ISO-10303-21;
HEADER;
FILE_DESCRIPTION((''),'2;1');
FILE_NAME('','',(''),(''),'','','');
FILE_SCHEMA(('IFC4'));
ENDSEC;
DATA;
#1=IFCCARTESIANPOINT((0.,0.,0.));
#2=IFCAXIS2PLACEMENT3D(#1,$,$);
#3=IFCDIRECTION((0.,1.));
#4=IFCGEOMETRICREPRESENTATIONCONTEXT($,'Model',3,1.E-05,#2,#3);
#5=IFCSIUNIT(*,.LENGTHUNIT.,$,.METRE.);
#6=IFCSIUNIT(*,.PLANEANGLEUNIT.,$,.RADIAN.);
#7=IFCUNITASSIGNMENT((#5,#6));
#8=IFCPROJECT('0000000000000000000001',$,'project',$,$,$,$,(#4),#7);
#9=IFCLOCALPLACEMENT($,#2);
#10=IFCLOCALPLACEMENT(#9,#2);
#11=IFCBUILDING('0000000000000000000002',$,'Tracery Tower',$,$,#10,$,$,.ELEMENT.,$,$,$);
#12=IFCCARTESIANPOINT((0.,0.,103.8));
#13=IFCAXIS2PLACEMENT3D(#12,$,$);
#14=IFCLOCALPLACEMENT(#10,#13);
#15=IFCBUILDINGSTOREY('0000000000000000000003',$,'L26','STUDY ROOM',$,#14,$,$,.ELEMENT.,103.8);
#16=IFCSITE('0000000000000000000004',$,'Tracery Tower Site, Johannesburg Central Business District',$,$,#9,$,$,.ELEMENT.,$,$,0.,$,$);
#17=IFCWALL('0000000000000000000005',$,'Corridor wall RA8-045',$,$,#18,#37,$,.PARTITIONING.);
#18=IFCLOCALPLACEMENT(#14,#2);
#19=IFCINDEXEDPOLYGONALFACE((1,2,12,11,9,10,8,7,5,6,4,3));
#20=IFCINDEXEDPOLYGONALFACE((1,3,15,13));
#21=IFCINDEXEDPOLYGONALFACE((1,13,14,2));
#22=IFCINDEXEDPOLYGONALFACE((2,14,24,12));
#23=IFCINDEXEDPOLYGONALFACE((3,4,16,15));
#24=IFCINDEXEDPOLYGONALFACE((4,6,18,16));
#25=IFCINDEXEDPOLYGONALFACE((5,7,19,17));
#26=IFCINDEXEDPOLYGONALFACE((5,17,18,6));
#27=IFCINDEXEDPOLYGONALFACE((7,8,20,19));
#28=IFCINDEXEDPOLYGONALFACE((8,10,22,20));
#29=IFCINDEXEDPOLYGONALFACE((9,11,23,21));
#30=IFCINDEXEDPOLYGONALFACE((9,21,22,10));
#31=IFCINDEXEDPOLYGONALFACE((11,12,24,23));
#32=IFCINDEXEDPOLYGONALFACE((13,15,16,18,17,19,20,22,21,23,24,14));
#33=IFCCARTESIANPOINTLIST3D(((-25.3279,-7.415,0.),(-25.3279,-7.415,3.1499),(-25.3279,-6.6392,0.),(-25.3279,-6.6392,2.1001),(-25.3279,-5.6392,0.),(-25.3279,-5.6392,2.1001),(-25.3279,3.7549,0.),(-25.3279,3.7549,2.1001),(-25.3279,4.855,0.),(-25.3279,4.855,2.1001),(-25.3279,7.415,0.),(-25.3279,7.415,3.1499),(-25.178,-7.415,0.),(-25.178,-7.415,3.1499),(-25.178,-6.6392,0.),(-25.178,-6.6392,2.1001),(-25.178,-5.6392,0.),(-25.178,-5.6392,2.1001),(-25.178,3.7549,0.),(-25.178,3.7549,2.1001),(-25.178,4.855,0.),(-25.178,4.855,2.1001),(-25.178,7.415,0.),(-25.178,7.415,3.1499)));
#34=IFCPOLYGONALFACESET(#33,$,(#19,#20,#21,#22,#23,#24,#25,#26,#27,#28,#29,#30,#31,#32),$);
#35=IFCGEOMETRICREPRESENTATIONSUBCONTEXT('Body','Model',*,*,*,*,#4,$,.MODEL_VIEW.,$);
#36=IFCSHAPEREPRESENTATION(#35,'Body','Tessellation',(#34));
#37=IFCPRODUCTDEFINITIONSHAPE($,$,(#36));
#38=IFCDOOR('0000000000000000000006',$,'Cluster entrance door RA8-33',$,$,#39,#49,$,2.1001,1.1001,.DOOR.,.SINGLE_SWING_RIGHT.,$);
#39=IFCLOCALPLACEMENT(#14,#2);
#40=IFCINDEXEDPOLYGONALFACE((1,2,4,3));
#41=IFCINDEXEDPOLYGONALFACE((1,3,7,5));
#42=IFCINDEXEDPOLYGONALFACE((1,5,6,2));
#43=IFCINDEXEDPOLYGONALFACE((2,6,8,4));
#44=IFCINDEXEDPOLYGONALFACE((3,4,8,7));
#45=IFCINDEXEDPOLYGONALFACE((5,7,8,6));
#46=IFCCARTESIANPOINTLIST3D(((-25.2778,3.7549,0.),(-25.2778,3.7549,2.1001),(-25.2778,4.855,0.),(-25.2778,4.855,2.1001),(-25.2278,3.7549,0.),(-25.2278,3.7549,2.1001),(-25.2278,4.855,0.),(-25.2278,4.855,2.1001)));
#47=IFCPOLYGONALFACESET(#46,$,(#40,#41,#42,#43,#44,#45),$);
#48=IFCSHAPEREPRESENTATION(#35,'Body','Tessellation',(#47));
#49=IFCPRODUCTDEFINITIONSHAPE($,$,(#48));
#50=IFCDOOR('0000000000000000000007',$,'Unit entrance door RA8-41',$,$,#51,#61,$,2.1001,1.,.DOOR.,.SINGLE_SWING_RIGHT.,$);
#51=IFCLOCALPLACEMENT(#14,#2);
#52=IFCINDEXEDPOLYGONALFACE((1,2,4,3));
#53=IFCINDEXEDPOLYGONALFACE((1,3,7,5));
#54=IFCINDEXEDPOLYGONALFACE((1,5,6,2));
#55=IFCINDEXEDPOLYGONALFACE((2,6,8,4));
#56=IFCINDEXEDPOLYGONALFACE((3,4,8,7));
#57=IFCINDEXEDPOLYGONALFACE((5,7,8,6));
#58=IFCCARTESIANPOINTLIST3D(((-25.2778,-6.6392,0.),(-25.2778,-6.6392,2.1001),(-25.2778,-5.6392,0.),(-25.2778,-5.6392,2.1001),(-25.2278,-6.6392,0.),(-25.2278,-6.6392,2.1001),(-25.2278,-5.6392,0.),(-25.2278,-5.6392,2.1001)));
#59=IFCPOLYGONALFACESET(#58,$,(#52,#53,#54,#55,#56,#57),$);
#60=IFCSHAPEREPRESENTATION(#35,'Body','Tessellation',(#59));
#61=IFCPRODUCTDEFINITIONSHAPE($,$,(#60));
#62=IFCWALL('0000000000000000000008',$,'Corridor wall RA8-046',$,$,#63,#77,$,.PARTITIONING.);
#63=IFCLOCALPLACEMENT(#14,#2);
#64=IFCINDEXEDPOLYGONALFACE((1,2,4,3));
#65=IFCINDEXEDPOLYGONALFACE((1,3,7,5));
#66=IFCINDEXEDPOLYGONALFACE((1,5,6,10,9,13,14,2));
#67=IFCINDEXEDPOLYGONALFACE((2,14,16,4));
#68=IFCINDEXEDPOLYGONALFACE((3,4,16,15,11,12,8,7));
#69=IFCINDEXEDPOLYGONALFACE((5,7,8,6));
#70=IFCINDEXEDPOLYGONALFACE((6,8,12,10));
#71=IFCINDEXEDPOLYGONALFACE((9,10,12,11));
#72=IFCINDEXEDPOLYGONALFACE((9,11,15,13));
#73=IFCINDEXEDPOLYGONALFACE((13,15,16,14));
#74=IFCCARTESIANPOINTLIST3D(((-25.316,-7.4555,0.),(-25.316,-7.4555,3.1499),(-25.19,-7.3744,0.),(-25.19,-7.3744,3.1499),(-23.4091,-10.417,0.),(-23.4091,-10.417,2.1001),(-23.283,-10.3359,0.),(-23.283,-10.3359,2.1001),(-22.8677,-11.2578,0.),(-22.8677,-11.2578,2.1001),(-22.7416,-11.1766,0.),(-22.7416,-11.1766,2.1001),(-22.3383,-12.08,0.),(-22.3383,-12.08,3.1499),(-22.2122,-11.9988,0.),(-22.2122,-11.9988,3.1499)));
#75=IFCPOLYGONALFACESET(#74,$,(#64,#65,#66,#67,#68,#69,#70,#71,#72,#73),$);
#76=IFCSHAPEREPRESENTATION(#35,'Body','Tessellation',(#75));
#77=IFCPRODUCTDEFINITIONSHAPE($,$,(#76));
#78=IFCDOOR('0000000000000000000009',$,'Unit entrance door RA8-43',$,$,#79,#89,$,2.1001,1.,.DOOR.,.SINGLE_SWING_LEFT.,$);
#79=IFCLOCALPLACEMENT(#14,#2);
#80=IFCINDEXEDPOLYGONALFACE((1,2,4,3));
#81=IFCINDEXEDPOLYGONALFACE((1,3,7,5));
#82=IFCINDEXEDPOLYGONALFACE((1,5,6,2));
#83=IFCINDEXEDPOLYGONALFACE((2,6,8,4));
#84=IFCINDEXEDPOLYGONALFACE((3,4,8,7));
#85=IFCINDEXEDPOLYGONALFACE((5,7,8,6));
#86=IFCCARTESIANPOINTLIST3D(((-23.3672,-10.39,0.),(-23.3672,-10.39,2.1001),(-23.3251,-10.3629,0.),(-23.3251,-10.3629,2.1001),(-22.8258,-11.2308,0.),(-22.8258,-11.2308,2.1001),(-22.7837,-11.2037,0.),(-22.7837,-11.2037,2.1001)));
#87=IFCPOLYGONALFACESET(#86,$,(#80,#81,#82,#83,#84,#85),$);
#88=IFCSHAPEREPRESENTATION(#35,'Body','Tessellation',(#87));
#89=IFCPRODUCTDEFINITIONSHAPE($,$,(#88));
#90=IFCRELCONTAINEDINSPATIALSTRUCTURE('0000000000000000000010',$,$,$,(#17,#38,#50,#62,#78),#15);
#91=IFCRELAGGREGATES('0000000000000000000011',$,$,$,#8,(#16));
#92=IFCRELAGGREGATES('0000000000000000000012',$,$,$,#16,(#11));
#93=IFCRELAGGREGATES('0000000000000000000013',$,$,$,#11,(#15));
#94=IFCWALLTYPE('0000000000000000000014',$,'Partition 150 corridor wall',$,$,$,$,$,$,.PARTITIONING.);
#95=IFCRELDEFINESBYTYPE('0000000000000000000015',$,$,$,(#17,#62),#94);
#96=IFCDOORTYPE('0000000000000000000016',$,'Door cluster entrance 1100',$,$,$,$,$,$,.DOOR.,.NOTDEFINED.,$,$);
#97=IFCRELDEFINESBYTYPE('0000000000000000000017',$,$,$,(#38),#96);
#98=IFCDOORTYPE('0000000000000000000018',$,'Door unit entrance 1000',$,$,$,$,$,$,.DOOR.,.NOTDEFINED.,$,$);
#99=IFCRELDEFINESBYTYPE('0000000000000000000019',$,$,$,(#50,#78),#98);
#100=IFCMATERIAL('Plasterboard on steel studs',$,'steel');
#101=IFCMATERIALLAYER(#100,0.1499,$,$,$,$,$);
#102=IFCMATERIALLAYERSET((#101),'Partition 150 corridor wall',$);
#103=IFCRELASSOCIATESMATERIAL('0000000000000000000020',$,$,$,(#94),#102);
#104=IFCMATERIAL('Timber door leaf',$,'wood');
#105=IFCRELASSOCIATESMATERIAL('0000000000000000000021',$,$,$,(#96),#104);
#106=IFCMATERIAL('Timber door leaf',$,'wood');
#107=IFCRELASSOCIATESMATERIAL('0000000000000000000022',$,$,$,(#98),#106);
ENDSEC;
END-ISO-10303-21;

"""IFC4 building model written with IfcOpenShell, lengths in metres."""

from ifc_helpers import new_model, si_unit, direction, frame, frame_2d, origin, place, context, subcontext, project, spatial, rectangle, extrude, material, layer, layer_set, type_object, element, fill, save


model = new_model("IFC4")

# Units and contexts
model_context = context("Model", 3, precision=1e-05, world=origin(), true_north=direction((0.0, 1.0)))
body_context = subcontext(model_context, "Body", "Model", "MODEL_VIEW")
ifc_project = project(units=[si_unit("LENGTHUNIT", "METRE"), si_unit("PLANEANGLEUNIT", "RADIAN")], contexts=[model_context])

# Site, building, storey
site_placement = place(None, origin())
site = spatial("IfcSite", under=ifc_project, at=site_placement, Name="Tracery Tower Site, Johannesburg Central Business District", CompositionType="ELEMENT", RefElevation=0.0)
building_placement = place(site_placement, origin())
building = spatial("IfcBuilding", under=site, at=building_placement, Name="Tracery Tower", CompositionType="ELEMENT")
storey_placement = place(building_placement, frame((0.0, 0.0, 103.8)))
storey = spatial("IfcBuildingStorey", under=building, at=storey_placement, Name="L26", Description="STUDY ROOM", CompositionType="ELEMENT", Elevation=103.8)

# Shared definitions
ifc_material_1 = material(Name="Plasterboard on steel studs", Category="steel")
ifc_layer_1 = layer(ifc_material_1, 0.1499)
ifc_layer_set_1 = layer_set([ifc_layer_1], Name="Partition 150 corridor wall")
wall_type_1 = type_object("IfcWallType", Name="Partition 150 corridor wall", PredefinedType="PARTITIONING", material=ifc_layer_set_1)

# Wall, openings, doors
wall_1_placement = place(storey_placement, frame((-25.2529, -7.415, 0.0), z_axis=(0.0, 0.0, 1.0), x_axis=(0.0, 1.0, 0.0)))
wall_1 = element("IfcWall", 1, at=wall_1_placement, inside=storey, type_object=wall_type_1, Name="Corridor wall RA8-045", PredefinedType="PARTITIONING", context=body_context, shape_type="SweptSolid", body=[
    extrude(rectangle(XDim=14.8301, YDim=0.1499, at=frame_2d((7.415, 0.0))), origin(), (0.0, 0.0, 1.0), 3.1499),
])
opening_1_placement = place(wall_1_placement, frame((11.1699, 0.0, 0.0)))
opening_1 = element("IfcOpeningElement", 2, at=opening_1_placement, cuts=wall_1, PredefinedType="OPENING", context=body_context, shape_type="SweptSolid", body=[
    extrude(rectangle(XDim=1.1001, YDim=2.1001, at=frame_2d((0.55, 1.05))), frame((0.0, 0.075, 0.0), z_axis=(0.0, -1.0, 0.0), x_axis=(1.0, 0.0, 0.0)), (0.0, 0.0, 1.0), 0.1499),
])
opening_2_placement = place(wall_1_placement, frame((0.7759, 0.0, 0.0)))
opening_2 = element("IfcOpeningElement", 3, at=opening_2_placement, cuts=wall_1, PredefinedType="OPENING", context=body_context, shape_type="SweptSolid", body=[
    extrude(rectangle(XDim=1.0, YDim=2.1001, at=frame_2d((0.5, 1.05))), frame((0.0, 0.075, 0.0), z_axis=(0.0, -1.0, 0.0), x_axis=(1.0, 0.0, 0.0)), (0.0, 0.0, 1.0), 0.1499),
])
ifc_material_2 = material(Name="Timber door leaf", Category="wood")
door_type_1 = type_object("IfcDoorType", Name="Door cluster entrance 1100", OperationType="NOTDEFINED", PredefinedType="DOOR", material=ifc_material_2)
door_1_placement = place(opening_1_placement, origin())
door_1 = element("IfcDoor", 4, at=door_1_placement, inside=storey, type_object=door_type_1, Name="Cluster entrance door RA8-33", OperationType="SINGLE_SWING_RIGHT", OverallHeight=2.1001, OverallWidth=1.1001, PredefinedType="DOOR", context=body_context, shape_type="SweptSolid", body=[
    extrude(rectangle(XDim=1.1001, YDim=2.1001, at=frame_2d((0.55, 1.05))), frame((0.0, 0.0249, 0.0), z_axis=(0.0, -1.0, 0.0), x_axis=(1.0, 0.0, 0.0)), (0.0, 0.0, 1.0), 0.05),
])
fill(opening_1, door_1)
ifc_material_3 = material(Name="Timber door leaf", Category="wood")
door_type_2 = type_object("IfcDoorType", Name="Door unit entrance 1000", OperationType="NOTDEFINED", PredefinedType="DOOR", material=ifc_material_3)
door_2_placement = place(opening_2_placement, origin())
door_2 = element("IfcDoor", 5, at=door_2_placement, inside=storey, type_object=door_type_2, Name="Unit entrance door RA8-41", OperationType="SINGLE_SWING_RIGHT", OverallHeight=2.1001, OverallWidth=1.0, PredefinedType="DOOR", context=body_context, shape_type="SweptSolid", body=[
    extrude(rectangle(XDim=1.0, YDim=2.1001, at=frame_2d((0.5, 1.05))), frame((0.0, 0.0249, 0.0), z_axis=(0.0, -1.0, 0.0), x_axis=(1.0, 0.0, 0.0)), (0.0, 0.0, 1.0), 0.05),
])
fill(opening_2, door_2)

# Wall, opening, door
wall_2_placement = place(storey_placement, frame((-25.2529, -7.415, 0.0), z_axis=(0.0, 0.0, 1.0), x_axis=(0.541386, -0.840774, 0.0)))
wall_2 = element("IfcWall", 6, at=wall_2_placement, inside=storey, type_object=wall_type_1, Name="Corridor wall RA8-046", PredefinedType="PARTITIONING", context=body_context, shape_type="SweptSolid", body=[
    extrude(rectangle(XDim=5.5002, YDim=0.1499, at=frame_2d((2.75, 0.0))), origin(), (0.0, 0.0, 1.0), 3.1499),
])
opening_3_placement = place(wall_2_placement, frame((3.5222, 0.0, 0.0)))
opening_3 = element("IfcOpeningElement", 7, at=opening_3_placement, cuts=wall_2, PredefinedType="OPENING", context=body_context, shape_type="SweptSolid", body=[
    extrude(rectangle(XDim=1.0, YDim=2.1001, at=frame_2d((0.5, 1.05))), frame((0.0, 0.075, 0.0), z_axis=(0.0, -1.0, 0.0), x_axis=(1.0, 0.0, 0.0)), (0.0, 0.0, 1.0), 0.1499),
])
door_3_placement = place(opening_3_placement, origin())
door_3 = element("IfcDoor", 8, at=door_3_placement, inside=storey, type_object=door_type_2, Name="Unit entrance door RA8-43", OperationType="SINGLE_SWING_LEFT", OverallHeight=2.1001, OverallWidth=1.0, PredefinedType="DOOR", context=body_context, shape_type="SweptSolid", body=[
    extrude(rectangle(XDim=1.0, YDim=2.1001, at=frame_2d((0.5, 1.05))), frame((0.0, 0.0249, 0.0), z_axis=(0.0, -1.0, 0.0), x_axis=(1.0, 0.0, 0.0)), (0.0, 0.0, 1.0), 0.05),
])
fill(opening_3, door_3)

save(model, "model.ifc")
